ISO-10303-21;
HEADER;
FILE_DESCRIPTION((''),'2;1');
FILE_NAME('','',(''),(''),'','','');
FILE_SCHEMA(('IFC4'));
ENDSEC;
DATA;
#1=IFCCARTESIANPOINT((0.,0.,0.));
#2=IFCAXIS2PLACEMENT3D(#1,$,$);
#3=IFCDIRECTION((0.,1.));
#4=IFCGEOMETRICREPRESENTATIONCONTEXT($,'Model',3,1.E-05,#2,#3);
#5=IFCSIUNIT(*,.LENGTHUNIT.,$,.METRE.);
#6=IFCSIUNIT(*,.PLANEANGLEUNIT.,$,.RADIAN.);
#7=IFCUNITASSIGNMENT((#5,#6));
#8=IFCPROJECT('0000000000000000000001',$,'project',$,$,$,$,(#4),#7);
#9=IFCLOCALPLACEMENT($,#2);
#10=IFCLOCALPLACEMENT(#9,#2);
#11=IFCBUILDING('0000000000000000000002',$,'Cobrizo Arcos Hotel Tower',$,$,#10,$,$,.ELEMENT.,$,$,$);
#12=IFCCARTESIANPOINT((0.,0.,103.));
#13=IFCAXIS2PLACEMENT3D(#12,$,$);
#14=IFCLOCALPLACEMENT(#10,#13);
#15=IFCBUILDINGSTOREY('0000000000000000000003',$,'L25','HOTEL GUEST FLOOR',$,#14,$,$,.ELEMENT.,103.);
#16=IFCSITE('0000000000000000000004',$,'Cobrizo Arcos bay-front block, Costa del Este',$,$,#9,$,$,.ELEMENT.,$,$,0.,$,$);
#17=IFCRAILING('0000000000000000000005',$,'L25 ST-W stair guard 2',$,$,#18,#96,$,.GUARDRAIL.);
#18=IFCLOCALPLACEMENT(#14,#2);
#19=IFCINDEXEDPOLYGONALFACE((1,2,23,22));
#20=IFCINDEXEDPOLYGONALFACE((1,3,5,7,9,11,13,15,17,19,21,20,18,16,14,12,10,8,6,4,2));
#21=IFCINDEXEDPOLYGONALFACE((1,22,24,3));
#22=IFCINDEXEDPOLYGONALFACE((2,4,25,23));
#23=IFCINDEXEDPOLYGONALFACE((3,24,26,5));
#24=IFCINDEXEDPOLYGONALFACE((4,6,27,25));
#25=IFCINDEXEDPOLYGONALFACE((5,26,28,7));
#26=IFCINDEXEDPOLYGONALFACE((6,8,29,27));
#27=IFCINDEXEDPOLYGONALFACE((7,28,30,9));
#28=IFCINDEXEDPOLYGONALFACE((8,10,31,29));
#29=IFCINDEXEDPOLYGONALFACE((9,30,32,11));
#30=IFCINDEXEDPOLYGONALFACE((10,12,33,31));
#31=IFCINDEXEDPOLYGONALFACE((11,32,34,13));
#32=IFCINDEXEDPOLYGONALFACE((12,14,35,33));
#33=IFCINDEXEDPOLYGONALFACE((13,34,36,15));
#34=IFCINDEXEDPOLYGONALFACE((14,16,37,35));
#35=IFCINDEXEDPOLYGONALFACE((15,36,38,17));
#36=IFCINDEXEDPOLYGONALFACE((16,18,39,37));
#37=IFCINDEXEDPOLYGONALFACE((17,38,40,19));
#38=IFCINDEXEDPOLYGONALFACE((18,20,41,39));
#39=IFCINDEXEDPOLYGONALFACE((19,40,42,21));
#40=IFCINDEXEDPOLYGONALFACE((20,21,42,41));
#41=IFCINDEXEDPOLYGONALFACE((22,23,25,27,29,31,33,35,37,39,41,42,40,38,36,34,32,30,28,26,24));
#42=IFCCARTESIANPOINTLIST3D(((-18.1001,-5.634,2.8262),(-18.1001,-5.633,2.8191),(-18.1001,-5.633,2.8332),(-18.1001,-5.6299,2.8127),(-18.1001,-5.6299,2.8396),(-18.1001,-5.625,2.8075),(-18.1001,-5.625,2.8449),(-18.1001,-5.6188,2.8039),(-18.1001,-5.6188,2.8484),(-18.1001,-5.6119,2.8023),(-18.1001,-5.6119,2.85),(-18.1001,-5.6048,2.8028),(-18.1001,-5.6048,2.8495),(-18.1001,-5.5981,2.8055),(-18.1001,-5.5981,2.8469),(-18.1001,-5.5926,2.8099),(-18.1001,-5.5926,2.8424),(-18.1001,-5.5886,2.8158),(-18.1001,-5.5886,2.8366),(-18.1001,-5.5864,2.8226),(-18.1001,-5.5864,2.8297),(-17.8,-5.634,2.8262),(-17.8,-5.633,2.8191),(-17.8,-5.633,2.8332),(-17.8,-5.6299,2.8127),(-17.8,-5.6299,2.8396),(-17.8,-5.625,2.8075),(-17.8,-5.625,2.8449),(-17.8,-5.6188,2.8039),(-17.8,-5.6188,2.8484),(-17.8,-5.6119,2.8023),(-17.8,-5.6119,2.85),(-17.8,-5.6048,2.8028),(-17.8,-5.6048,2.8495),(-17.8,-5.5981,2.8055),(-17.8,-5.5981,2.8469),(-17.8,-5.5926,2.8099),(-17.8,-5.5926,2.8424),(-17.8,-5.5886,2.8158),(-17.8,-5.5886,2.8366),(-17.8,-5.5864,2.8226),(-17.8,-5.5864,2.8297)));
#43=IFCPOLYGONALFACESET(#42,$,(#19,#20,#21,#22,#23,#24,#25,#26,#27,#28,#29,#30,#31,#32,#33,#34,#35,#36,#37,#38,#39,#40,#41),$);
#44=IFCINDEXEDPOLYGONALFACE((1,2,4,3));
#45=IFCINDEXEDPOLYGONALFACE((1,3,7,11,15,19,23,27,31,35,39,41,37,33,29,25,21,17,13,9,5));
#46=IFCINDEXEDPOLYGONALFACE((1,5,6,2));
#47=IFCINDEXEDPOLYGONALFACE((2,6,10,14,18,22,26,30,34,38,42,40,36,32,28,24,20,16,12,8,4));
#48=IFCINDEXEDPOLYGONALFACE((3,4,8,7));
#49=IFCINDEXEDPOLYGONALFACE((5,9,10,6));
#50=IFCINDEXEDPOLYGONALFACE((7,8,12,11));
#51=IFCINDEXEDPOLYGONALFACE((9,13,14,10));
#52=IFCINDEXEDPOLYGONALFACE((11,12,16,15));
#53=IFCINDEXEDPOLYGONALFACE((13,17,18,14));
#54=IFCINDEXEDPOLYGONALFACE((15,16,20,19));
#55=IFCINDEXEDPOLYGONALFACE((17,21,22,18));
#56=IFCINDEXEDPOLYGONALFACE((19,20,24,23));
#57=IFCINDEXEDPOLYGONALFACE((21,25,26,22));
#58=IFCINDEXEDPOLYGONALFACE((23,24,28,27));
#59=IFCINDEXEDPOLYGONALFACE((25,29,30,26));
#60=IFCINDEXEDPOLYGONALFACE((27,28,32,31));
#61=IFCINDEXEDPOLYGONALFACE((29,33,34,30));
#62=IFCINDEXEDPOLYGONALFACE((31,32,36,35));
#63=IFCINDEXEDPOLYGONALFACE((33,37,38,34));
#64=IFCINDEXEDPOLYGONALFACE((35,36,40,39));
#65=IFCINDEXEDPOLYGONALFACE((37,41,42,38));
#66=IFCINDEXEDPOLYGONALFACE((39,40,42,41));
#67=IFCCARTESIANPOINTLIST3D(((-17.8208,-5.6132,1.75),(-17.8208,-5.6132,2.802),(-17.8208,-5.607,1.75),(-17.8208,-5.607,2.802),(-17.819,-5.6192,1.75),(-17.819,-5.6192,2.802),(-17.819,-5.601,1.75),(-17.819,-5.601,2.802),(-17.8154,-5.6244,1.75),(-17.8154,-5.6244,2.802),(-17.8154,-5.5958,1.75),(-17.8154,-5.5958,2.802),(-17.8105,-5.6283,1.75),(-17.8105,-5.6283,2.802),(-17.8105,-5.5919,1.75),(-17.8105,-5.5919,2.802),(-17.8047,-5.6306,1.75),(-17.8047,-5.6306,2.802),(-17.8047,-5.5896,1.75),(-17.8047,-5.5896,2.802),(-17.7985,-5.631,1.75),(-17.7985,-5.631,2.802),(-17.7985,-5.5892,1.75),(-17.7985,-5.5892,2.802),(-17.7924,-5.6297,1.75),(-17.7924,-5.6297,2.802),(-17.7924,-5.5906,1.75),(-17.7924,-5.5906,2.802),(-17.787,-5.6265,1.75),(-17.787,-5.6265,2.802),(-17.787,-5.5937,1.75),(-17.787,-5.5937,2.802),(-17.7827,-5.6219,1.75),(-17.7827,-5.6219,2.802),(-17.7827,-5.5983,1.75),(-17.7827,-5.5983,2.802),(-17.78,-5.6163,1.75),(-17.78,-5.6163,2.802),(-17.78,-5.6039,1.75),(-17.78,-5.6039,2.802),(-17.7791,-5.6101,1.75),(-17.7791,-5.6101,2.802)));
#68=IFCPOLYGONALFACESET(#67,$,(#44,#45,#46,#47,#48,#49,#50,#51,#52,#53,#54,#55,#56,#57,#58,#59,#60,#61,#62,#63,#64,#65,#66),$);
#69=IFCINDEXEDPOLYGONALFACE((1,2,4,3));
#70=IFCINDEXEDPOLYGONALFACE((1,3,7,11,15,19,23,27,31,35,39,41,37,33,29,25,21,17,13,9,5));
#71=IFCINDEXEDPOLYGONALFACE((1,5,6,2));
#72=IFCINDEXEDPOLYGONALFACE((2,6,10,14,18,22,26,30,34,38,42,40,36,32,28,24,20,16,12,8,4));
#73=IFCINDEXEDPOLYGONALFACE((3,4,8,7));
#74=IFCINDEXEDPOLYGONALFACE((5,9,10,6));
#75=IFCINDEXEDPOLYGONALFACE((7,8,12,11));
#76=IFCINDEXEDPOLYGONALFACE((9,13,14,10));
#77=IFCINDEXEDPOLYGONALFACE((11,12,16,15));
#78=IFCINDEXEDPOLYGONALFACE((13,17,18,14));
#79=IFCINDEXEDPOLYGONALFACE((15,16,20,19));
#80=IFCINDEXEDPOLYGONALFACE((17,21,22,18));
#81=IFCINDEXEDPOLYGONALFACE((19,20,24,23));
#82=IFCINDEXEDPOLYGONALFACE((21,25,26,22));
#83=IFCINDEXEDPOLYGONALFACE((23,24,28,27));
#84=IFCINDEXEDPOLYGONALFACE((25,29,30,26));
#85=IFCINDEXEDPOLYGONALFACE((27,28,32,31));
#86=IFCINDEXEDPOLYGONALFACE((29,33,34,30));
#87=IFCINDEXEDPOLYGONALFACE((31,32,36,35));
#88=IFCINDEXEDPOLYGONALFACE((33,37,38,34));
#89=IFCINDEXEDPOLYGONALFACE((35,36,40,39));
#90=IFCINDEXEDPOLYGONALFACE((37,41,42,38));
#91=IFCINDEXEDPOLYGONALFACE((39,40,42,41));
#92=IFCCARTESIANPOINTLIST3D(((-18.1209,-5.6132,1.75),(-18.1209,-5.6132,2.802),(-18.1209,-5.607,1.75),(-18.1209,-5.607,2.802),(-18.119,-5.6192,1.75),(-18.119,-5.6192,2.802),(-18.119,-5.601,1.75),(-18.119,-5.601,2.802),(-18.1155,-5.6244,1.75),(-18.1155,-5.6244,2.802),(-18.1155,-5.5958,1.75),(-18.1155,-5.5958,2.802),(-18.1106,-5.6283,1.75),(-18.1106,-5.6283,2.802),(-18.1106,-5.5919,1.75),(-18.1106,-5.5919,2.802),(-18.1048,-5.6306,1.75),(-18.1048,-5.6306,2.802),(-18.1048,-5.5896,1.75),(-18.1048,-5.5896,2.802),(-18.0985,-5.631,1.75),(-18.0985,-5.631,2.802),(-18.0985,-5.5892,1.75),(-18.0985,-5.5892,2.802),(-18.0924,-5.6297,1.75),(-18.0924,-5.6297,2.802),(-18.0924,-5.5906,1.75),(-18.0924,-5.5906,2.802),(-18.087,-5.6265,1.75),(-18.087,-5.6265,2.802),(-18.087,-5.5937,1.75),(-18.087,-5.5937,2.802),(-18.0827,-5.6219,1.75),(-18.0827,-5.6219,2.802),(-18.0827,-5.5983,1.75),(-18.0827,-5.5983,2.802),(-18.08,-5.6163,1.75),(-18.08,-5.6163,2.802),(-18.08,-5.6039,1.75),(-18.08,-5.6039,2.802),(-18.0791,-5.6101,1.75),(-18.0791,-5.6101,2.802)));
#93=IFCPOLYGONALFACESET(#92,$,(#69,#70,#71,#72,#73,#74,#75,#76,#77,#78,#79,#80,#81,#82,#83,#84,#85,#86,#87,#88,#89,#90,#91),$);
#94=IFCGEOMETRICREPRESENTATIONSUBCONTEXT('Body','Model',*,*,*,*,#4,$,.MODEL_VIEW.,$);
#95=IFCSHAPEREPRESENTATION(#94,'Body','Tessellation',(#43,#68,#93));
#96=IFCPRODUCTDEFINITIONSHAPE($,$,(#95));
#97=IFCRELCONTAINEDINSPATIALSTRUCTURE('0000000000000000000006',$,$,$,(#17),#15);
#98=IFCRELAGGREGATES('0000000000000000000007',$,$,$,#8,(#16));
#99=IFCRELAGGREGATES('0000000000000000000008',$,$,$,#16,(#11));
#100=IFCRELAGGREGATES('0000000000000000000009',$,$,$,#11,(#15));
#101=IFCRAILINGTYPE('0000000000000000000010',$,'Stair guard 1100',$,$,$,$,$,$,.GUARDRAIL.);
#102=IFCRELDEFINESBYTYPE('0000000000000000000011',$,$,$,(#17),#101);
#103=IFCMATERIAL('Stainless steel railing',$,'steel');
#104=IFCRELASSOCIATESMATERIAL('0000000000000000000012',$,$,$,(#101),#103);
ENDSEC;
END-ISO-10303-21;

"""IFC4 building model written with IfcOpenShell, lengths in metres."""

from ifc_helpers import new_model, si_unit, direction, frame, origin, origin_2d, place, context, subcontext, project, spatial, circle, extrude, material, type_object, element, save


model = new_model("IFC4")

# Units and contexts
model_context = context("Model", 3, precision=1e-05, world=origin(), true_north=direction((0.0, 1.0)))
body_context = subcontext(model_context, "Body", "Model", "MODEL_VIEW")
ifc_project = project(units=[si_unit("LENGTHUNIT", "METRE"), si_unit("PLANEANGLEUNIT", "RADIAN")], contexts=[model_context])

# Site, building, storey
site_placement = place(None, origin())
site = spatial("IfcSite", under=ifc_project, at=site_placement, Name="Cobrizo Arcos bay-front block, Costa del Este", CompositionType="ELEMENT", RefElevation=0.0)
building_placement = place(site_placement, origin())
building = spatial("IfcBuilding", under=site, at=building_placement, Name="Cobrizo Arcos Hotel Tower", CompositionType="ELEMENT")
storey_placement = place(building_placement, frame((0.0, 0.0, 103.0)))
storey = spatial("IfcBuildingStorey", under=building, at=storey_placement, Name="L25", Description="HOTEL GUEST FLOOR", CompositionType="ELEMENT", Elevation=103.0)

# Railing
ifc_material_1 = material(Name="Stainless steel railing", Category="steel")
railing_type_1 = type_object("IfcRailingType", Name="Stair guard 1100", PredefinedType="GUARDRAIL", material=ifc_material_1)
railing_1_placement = place(storey_placement, frame((-17.8, -5.6101, 1.75)))
element("IfcRailing", 1, at=railing_1_placement, inside=storey, type_object=railing_type_1, Name="L25 ST-W stair guard 2", PredefinedType="GUARDRAIL", context=body_context, shape_type="SweptSolid", body=[
    extrude(circle(Radius=0.0239, at=origin_2d()), frame((0.0, 0.0, 1.0762), z_axis=(-1.0, 0.0, 0.0), x_axis=(0.0, -1.0, 0.0)), (0.0, 0.0, 1.0), 0.3),
    extrude(circle(Radius=0.021, at=origin_2d()), origin(), (0.0, 0.0, 1.0), 1.052),
    extrude(circle(Radius=0.021, at=origin_2d()), frame((-0.3, 0.0, 0.0)), (0.0, 0.0, 1.0), 1.052),
])

save(model, "model.ifc")
